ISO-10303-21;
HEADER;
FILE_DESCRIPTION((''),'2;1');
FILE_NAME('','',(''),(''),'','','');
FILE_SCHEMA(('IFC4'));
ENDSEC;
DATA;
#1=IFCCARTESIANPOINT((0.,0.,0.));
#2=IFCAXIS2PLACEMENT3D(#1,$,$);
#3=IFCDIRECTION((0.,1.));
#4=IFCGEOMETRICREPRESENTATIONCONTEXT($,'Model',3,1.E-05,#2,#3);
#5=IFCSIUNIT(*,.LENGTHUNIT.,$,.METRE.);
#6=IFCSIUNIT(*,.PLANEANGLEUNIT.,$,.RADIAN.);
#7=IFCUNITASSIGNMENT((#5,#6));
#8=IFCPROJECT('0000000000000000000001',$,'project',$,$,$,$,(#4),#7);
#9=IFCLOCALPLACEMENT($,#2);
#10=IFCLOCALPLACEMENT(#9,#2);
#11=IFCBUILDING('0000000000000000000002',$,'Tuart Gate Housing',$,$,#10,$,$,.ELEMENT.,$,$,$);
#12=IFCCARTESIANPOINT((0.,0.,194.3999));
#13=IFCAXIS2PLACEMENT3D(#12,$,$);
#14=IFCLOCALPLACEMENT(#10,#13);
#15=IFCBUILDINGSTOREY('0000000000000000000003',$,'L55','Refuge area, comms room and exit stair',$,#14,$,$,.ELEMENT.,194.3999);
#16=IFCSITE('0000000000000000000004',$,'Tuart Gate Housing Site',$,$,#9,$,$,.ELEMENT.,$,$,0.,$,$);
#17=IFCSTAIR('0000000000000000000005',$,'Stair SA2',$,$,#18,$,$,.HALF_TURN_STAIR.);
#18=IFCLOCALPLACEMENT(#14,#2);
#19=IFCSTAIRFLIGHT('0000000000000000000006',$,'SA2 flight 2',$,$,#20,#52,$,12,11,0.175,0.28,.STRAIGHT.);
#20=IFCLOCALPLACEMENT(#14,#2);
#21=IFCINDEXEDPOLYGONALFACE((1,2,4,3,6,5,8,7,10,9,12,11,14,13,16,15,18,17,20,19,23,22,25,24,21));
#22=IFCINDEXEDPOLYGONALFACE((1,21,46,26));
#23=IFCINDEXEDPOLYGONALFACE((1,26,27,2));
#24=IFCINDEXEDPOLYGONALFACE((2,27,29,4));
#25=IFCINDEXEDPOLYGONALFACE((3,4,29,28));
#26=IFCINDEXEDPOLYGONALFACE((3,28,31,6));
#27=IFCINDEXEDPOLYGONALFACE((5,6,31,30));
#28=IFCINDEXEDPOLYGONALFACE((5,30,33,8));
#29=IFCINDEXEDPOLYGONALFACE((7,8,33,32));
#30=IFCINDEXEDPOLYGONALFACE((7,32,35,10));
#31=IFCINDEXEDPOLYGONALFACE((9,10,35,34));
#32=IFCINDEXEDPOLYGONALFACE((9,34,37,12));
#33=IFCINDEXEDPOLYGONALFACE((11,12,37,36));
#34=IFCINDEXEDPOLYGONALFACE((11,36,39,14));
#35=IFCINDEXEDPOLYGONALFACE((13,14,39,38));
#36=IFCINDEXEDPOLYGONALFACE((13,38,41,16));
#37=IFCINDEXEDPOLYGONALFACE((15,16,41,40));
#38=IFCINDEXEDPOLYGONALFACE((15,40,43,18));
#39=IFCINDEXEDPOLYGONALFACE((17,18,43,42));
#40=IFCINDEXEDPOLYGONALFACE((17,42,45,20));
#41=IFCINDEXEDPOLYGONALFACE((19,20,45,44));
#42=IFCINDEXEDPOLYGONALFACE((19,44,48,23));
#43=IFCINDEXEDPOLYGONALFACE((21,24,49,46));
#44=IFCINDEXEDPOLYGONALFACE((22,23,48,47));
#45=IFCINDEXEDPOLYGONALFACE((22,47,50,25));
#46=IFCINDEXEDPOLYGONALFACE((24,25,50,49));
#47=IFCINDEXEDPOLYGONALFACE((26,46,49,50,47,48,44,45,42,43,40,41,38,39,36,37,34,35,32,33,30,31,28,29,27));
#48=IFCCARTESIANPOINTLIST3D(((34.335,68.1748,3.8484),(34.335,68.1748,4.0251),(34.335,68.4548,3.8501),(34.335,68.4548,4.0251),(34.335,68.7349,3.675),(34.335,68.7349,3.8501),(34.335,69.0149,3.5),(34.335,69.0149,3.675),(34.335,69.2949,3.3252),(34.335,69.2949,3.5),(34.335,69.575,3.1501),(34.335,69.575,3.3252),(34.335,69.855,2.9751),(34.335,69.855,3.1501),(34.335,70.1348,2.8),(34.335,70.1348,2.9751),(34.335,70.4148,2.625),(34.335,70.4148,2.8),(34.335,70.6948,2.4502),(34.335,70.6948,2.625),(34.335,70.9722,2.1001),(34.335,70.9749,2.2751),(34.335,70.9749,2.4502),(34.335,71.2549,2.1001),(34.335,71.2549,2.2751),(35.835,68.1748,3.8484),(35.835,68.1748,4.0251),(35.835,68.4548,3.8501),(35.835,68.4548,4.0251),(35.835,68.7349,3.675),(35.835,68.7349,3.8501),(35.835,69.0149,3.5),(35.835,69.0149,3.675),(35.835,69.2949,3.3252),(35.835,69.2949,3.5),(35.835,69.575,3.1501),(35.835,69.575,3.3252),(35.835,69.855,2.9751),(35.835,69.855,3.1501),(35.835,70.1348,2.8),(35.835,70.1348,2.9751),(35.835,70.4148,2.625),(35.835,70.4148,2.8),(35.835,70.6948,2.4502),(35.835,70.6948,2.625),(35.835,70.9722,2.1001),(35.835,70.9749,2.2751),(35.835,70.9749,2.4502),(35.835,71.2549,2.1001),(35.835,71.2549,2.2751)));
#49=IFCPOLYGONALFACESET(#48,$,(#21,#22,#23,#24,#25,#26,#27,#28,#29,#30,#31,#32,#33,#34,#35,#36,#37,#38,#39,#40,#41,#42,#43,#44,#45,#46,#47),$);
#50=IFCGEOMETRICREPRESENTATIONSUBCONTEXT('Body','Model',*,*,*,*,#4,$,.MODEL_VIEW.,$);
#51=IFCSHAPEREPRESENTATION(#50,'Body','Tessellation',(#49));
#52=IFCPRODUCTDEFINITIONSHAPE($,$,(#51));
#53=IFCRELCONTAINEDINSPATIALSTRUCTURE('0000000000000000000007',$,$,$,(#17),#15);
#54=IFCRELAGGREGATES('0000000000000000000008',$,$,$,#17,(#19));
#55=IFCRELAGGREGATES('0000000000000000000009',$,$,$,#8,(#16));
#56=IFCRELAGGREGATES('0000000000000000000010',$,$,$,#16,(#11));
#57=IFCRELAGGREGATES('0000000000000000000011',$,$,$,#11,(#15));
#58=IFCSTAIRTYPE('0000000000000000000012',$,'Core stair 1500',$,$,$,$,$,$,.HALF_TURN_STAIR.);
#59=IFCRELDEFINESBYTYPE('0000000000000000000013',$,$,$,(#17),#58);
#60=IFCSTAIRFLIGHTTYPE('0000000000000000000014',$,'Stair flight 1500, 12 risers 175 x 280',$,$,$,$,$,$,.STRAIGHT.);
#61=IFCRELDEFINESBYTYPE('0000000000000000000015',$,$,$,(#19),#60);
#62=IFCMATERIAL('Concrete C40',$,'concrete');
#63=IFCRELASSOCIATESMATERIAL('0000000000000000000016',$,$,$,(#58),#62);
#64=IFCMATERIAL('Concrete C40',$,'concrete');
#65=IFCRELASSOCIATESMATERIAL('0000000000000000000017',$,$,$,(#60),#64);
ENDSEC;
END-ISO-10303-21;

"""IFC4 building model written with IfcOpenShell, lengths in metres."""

from ifc_helpers import new_model, si_unit, direction, frame, origin, place, context, subcontext, project, spatial, polyline, outline, extrude, material, type_object, element, aggregate, save


model = new_model("IFC4")

# Units and contexts
model_context = context("Model", 3, precision=1e-05, world=origin(), true_north=direction((0.0, 1.0)))
body_context = subcontext(model_context, "Body", "Model", "MODEL_VIEW")
ifc_project = project(units=[si_unit("LENGTHUNIT", "METRE"), si_unit("PLANEANGLEUNIT", "RADIAN")], contexts=[model_context])

# Site, building, storey
site_placement = place(None, origin())
site = spatial("IfcSite", under=ifc_project, at=site_placement, Name="Tuart Gate Housing Site", CompositionType="ELEMENT", RefElevation=0.0)
building_placement = place(site_placement, origin())
building = spatial("IfcBuilding", under=site, at=building_placement, Name="Tuart Gate Housing", CompositionType="ELEMENT")
storey_placement = place(building_placement, frame((0.0, 0.0, 194.3999)))
storey = spatial("IfcBuildingStorey", under=building, at=storey_placement, Name="L55", Description="Refuge area, comms room and exit stair", CompositionType="ELEMENT", Elevation=194.3999)

# Stair, stair flight
ifc_material_1 = material(Name="Concrete C40", Category="concrete")
stair_type = type_object("IfcStairType", Name="Core stair 1500", PredefinedType="HALF_TURN_STAIR", material=ifc_material_1)
stair_placement = place(storey_placement, origin())
stair = element("IfcStair", 1, at=stair_placement, inside=storey, type_object=stair_type, Name="Stair SA2", PredefinedType="HALF_TURN_STAIR")
ifc_material_2 = material(Name="Concrete C40", Category="concrete")
stair_flight_type = type_object("IfcStairFlightType", Name="Stair flight 1500, 12 risers 175 x 280", PredefinedType="STRAIGHT", material=ifc_material_2)
stair_flight_placement = place(storey_placement, frame((35.085, 71.2549, 2.1001), z_axis=(0.0, 0.0, 1.0), x_axis=(0.0, -1.0, 0.0)))
stair_flight = element("IfcStairFlight", 2, at=stair_flight_placement, type_object=stair_flight_type, Name="SA2 flight 2", NumberOfRisers=12, NumberOfTreads=11, PredefinedType="STRAIGHT", RiserHeight=0.175, TreadLength=0.28, context=body_context, shape_type="SweptSolid", body=[
    extrude(outline(polyline([(0.0, 0.0), (0.0, 0.175), (0.28, 0.175), (0.28, 0.3501), (0.5601, 0.3501), (0.5601, 0.5249), (0.8401, 0.5249), (0.8401, 0.7), (1.1201, 0.7), (1.1201, 0.875), (1.3999, 0.875), (1.3999, 1.05), (1.6799, 1.05), (1.6799, 1.2251), (1.96, 1.2251), (1.96, 1.3999), (2.24, 1.3999), (2.24, 1.575), (2.52, 1.575), (2.52, 1.75), (2.8, 1.75), (2.8, 1.925), (3.0801, 1.925), (3.0801, 2.1001), (3.0801, 1.7483), (0.2827, 0.0), (0.0, 0.0)])), frame((0.0, 0.75, 0.0), z_axis=(0.0, -1.0, 0.0), x_axis=(1.0, 0.0, 0.0)), (0.0, 0.0, 1.0), 1.5),
])
aggregate(stair, [stair_flight])

save(model, "model.ifc")
